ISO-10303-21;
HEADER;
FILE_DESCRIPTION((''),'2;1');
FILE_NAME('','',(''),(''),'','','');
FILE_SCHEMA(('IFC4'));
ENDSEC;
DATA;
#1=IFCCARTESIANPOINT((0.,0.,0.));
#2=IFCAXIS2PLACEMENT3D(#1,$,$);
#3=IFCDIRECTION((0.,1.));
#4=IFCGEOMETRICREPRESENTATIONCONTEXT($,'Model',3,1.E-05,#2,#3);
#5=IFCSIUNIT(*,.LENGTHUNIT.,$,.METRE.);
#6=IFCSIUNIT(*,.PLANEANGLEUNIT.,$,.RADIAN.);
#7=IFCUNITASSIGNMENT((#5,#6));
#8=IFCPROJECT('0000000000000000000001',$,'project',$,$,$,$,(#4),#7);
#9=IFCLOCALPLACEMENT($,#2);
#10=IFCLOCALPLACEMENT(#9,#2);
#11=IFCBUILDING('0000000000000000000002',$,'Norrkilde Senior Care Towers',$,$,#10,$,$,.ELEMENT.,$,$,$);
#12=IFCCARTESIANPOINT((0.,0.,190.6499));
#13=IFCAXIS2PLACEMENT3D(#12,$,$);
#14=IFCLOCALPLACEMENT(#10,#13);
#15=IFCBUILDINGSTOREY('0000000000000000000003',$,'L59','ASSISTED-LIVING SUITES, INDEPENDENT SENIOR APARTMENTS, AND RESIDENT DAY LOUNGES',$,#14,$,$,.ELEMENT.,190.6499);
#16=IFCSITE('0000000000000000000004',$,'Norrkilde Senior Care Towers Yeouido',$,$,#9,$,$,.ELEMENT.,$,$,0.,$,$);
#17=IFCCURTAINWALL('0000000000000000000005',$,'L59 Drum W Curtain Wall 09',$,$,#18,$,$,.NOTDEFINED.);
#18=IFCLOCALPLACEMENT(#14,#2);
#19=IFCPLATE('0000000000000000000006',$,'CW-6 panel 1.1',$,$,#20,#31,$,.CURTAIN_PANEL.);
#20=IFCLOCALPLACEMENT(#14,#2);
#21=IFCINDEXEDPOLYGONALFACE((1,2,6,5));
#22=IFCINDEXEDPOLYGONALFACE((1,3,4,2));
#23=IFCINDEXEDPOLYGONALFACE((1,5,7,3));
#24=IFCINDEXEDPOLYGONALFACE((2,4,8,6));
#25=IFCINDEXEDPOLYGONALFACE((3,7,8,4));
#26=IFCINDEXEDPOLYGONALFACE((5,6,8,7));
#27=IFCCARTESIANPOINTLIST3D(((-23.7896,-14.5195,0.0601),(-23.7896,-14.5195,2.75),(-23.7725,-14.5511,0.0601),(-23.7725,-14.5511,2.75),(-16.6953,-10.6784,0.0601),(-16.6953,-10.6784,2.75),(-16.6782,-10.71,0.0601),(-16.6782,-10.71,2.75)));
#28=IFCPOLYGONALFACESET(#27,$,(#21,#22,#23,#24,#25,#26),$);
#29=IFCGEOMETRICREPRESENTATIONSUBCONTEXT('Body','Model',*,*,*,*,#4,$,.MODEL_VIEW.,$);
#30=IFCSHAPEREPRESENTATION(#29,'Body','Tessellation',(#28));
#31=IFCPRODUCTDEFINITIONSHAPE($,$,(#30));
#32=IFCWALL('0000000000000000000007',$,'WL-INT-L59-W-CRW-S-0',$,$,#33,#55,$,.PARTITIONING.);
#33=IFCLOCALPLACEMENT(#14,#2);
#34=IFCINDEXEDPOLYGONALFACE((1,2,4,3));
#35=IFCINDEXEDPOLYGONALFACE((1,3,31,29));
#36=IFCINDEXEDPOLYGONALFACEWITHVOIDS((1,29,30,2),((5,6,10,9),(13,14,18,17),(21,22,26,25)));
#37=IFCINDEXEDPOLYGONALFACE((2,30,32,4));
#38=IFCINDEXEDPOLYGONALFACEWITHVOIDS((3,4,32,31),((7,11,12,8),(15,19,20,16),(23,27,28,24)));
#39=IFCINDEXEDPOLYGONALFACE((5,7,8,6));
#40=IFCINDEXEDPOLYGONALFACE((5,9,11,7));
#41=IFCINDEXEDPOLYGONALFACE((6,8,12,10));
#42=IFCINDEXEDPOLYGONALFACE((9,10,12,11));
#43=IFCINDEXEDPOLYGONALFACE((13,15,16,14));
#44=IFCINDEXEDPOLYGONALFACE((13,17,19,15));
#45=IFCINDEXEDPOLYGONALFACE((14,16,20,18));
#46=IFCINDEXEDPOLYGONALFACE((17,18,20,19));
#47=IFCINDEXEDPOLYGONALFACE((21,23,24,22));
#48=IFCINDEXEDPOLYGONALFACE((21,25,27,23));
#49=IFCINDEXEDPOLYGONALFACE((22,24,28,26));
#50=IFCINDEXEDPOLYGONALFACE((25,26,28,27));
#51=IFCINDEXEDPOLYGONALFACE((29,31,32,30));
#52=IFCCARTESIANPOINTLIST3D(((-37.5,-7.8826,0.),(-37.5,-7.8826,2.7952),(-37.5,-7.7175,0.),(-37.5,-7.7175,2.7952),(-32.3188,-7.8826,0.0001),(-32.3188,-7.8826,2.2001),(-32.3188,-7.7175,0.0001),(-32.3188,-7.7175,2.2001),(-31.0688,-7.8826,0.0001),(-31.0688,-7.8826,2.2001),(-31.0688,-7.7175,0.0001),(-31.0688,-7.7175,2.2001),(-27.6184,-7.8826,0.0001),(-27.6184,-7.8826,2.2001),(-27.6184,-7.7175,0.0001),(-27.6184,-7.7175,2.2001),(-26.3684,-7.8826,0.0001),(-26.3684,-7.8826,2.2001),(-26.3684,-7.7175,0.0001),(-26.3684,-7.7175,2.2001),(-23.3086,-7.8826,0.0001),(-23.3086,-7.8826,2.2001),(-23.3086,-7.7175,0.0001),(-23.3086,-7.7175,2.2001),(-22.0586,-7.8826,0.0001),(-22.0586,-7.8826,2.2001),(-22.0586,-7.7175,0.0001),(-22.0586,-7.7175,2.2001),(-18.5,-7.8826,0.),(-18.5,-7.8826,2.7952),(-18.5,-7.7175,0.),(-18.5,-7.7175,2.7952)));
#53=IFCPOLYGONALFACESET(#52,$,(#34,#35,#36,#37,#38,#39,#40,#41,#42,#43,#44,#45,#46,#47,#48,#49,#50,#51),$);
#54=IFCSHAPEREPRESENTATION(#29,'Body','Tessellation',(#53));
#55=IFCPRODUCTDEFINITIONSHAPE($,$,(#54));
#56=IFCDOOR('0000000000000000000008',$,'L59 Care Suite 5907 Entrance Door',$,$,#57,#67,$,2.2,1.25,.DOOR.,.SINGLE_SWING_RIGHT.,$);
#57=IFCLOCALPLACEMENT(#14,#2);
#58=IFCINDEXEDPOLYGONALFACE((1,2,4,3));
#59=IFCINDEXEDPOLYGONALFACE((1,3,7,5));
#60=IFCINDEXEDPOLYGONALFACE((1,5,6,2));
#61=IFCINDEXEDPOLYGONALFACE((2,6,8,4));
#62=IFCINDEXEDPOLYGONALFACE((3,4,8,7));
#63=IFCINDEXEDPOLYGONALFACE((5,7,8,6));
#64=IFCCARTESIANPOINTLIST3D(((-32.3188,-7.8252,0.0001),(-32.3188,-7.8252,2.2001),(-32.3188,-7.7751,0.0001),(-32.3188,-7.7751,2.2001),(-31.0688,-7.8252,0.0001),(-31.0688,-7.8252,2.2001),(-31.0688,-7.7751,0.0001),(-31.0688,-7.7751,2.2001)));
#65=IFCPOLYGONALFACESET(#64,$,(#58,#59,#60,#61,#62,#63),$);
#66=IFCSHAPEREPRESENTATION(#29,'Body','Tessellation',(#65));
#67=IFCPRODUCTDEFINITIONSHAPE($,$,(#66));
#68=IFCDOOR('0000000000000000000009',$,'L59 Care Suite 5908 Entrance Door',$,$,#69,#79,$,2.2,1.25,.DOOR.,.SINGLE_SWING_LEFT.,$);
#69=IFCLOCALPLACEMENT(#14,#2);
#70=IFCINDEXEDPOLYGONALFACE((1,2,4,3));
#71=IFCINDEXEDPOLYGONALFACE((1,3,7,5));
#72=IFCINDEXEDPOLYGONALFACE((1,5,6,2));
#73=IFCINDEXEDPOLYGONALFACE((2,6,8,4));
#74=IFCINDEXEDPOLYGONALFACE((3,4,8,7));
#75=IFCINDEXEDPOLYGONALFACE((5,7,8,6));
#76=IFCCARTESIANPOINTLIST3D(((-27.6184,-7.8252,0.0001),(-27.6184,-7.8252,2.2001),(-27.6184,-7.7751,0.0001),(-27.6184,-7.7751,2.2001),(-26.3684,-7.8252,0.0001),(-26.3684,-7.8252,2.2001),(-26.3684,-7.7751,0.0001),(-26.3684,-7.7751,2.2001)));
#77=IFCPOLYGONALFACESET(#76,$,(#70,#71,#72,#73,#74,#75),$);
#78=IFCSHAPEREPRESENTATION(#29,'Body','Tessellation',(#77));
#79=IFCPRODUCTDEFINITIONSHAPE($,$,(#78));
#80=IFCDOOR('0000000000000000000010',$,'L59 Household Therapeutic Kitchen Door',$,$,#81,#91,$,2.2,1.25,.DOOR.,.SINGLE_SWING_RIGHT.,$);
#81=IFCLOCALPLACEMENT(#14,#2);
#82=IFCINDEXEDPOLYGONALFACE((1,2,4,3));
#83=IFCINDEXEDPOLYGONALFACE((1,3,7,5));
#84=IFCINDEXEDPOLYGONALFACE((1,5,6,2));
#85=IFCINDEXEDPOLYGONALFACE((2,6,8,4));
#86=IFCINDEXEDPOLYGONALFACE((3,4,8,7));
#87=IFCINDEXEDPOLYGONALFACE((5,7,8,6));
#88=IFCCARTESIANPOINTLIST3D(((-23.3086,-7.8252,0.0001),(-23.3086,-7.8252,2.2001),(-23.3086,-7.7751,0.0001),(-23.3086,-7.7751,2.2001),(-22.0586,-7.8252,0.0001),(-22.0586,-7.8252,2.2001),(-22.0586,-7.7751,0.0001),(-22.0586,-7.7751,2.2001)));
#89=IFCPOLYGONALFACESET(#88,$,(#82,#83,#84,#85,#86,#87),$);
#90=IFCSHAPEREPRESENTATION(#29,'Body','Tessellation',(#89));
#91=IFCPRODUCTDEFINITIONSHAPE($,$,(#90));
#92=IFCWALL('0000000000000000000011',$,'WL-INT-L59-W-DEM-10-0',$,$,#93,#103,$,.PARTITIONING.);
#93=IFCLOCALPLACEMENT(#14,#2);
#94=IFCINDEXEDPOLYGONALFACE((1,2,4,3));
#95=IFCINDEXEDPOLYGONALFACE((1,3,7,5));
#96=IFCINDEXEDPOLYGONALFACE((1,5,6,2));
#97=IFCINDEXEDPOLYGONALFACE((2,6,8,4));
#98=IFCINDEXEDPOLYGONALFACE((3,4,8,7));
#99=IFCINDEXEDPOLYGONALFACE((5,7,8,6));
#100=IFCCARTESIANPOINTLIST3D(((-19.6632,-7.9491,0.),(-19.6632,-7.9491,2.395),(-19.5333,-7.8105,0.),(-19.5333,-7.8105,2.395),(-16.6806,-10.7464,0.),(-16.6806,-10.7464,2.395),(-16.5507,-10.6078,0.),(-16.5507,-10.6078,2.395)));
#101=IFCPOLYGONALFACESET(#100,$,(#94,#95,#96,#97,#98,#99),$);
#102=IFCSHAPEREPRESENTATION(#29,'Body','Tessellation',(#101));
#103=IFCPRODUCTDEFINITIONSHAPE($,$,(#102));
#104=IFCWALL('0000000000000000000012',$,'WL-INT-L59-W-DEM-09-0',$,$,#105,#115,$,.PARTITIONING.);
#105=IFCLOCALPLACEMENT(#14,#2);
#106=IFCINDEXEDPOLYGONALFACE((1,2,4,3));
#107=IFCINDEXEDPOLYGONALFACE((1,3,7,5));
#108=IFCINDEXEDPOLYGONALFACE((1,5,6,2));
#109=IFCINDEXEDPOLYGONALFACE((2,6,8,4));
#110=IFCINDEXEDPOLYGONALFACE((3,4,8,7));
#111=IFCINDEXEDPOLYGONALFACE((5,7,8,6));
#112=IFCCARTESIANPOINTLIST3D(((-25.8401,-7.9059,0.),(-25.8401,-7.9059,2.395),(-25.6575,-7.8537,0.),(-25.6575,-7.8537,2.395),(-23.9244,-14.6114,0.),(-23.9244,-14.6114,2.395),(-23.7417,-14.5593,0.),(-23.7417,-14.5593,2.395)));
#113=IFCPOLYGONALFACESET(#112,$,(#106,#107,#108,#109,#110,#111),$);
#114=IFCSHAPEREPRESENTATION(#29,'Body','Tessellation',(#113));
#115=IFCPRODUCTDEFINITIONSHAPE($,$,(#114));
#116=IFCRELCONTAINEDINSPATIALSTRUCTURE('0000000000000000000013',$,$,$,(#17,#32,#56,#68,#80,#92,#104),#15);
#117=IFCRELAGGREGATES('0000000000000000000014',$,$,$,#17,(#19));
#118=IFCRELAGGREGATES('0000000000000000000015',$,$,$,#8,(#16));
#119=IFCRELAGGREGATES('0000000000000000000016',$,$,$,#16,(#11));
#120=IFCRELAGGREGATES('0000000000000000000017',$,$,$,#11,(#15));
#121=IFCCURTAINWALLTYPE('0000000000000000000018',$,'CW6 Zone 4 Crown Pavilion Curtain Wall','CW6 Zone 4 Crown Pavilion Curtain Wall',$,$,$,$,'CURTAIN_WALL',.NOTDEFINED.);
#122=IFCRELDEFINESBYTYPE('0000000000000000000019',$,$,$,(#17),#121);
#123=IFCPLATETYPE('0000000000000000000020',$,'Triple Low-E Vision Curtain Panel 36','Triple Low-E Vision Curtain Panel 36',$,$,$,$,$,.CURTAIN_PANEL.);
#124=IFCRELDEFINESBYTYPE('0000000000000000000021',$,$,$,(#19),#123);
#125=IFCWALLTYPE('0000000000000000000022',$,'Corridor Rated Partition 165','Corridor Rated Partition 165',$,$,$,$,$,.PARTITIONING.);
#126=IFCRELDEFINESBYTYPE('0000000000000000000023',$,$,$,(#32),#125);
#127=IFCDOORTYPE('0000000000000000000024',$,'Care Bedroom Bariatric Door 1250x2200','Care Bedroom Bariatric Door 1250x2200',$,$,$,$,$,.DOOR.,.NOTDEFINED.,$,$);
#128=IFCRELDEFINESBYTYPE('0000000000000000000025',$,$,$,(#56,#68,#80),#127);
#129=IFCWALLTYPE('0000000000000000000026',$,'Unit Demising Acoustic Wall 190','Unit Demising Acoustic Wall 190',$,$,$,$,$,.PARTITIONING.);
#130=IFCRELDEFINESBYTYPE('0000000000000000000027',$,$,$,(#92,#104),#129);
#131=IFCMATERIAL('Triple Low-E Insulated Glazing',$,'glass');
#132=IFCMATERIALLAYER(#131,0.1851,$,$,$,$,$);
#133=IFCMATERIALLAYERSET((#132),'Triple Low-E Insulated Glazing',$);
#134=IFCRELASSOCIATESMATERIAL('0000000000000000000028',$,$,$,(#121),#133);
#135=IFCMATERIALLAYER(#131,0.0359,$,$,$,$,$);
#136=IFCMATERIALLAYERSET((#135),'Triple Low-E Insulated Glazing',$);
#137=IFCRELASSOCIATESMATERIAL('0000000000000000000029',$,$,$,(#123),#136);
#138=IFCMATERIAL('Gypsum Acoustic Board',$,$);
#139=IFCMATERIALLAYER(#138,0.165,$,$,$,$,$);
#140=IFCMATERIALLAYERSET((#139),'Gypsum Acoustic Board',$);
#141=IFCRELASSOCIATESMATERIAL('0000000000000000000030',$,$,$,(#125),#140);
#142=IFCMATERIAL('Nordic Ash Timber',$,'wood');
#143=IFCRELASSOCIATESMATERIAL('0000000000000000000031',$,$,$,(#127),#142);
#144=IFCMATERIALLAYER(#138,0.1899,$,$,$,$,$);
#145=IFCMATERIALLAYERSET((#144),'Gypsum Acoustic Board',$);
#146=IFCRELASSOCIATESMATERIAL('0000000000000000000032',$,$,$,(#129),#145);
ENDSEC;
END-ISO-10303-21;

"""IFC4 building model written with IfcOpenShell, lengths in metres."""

from ifc_helpers import new_model, si_unit, direction, frame, frame_2d, origin, origin_2d, place, context, subcontext, project, spatial, rectangle, extrude, source, transform, mapped, material, layer, layer_set, type_object, type_shapes, element, fill, aggregate, save


model = new_model("IFC4")

# Units and contexts
model_context = context("Model", 3, precision=1e-05, world=origin(), true_north=direction((0.0, 1.0)))
body_context = subcontext(model_context, "Body", "Model", "MODEL_VIEW")
ifc_project = project(units=[si_unit("LENGTHUNIT", "METRE"), si_unit("PLANEANGLEUNIT", "RADIAN")], contexts=[model_context])

# Site, building, storey
site_placement = place(None, origin())
site = spatial("IfcSite", under=ifc_project, at=site_placement, Name="Norrkilde Senior Care Towers Yeouido", CompositionType="ELEMENT", RefElevation=0.0)
building_placement = place(site_placement, origin())
building = spatial("IfcBuilding", under=site, at=building_placement, Name="Norrkilde Senior Care Towers", CompositionType="ELEMENT")
storey_placement = place(building_placement, frame((0.0, 0.0, 190.6499)))
storey = spatial("IfcBuildingStorey", under=building, at=storey_placement, Name="L59", Description="ASSISTED-LIVING SUITES, INDEPENDENT SENIOR APARTMENTS, AND RESIDENT DAY LOUNGES", CompositionType="ELEMENT", Elevation=190.6499)

# Curtain wall
ifc_material_1 = material(Name="Triple Low-E Insulated Glazing", Category="glass")
ifc_layer_1 = layer(ifc_material_1, 0.1851)
ifc_layer_set_1 = layer_set([ifc_layer_1], Name="Triple Low-E Insulated Glazing")
curtain_wall_type = type_object("IfcCurtainWallType", Name="CW6 Zone 4 Crown Pavilion Curtain Wall", Description="CW6 Zone 4 Crown Pavilion Curtain Wall", ElementType="CURTAIN_WALL", PredefinedType="NOTDEFINED", material=ifc_layer_set_1)
curtain_wall_1_placement = place(storey_placement, origin())
curtain_wall_1 = element("IfcCurtainWall", 1, at=curtain_wall_1_placement, inside=storey, type_object=curtain_wall_type, Name="L59 Drum W Curtain Wall 09", PredefinedType="NOTDEFINED")

# Plate
ifc_layer_2 = layer(ifc_material_1, 0.0359)
ifc_layer_set_2 = layer_set([ifc_layer_2], Name="Triple Low-E Insulated Glazing")
plate_type_1 = type_object("IfcPlateType", Name="Triple Low-E Vision Curtain Panel 36", Description="Triple Low-E Vision Curtain Panel 36", PredefinedType="CURTAIN_PANEL", material=ifc_layer_set_2)
shared_shape_1 = source(origin(), body_context, "Body", "SweptSolid", [
    extrude(rectangle(XDim=8.0674, YDim=0.0359, at=origin_2d()), origin(), (0.0, 0.0, 1.0), 2.6899),
])
type_shapes(plate_type_1, [shared_shape_1])
plate_1_placement = place(storey_placement, frame((-20.2339, -12.6147, 0.0601), z_axis=(0.0, 0.0, 1.0), x_axis=(-0.879373, -0.476133, 0.0)))
plate_1 = element("IfcPlate", 2, at=plate_1_placement, type_object=plate_type_1, Name="CW-6 panel 1.1", PredefinedType="CURTAIN_PANEL", context=body_context, shape_type="MappedRepresentation", body=[
    mapped(shared_shape_1, transform((0.0, 0.0, 0.0), x_axis=(1.0, 0.0, 0.0), y_axis=(0.0, 1.0, 0.0), z_axis=(0.0, 0.0, 1.0), scale=1.0)),
])
aggregate(curtain_wall_1, [plate_1])

# Wall, openings, doors
ifc_material_2 = material(Name="Gypsum Acoustic Board")
ifc_layer_3 = layer(ifc_material_2, 0.165)
ifc_layer_set_3 = layer_set([ifc_layer_3], Name="Gypsum Acoustic Board")
wall_type_1 = type_object("IfcWallType", Name="Corridor Rated Partition 165", Description="Corridor Rated Partition 165", PredefinedType="PARTITIONING", material=ifc_layer_set_3)
shared_shape_2 = source(origin(), body_context, "Body", "SweptSolid", [
    extrude(rectangle(XDim=19.0, YDim=0.165, at=frame_2d((9.5, 0.0))), origin(), (0.0, 0.0, 1.0), 2.7952),
])
type_shapes(wall_type_1, [shared_shape_2])
wall_1_placement = place(storey_placement, frame((-18.5, -7.8, 0.0), z_axis=(0.0, 0.0, 1.0), x_axis=(-1.0, 0.0, 0.0)))
wall_1 = element("IfcWall", 3, at=wall_1_placement, inside=storey, type_object=wall_type_1, Name="WL-INT-L59-W-CRW-S-0", PredefinedType="PARTITIONING", context=body_context, shape_type="MappedRepresentation", body=[
    mapped(shared_shape_2, transform((0.0, 0.0, 0.0), x_axis=(1.0, 0.0, 0.0), y_axis=(0.0, 1.0, 0.0), z_axis=(0.0, 0.0, 1.0), scale=1.0)),
])
opening_1_placement = place(wall_1_placement, frame((12.5688, 0.0, 0.0)))
opening_1 = element("IfcOpeningElement", 4, at=opening_1_placement, cuts=wall_1, PredefinedType="OPENING", context=body_context, shape_type="SweptSolid", body=[
    extrude(rectangle(XDim=1.25, YDim=2.2, at=frame_2d((0.625, 1.1001))), frame((0.0, 0.0925, 0.0), z_axis=(0.0, -1.0, 0.0), x_axis=(1.0, 0.0, 0.0)), (0.0, 0.0, 1.0), 0.1851),
])
opening_2_placement = place(wall_1_placement, frame((7.8684, 0.0, 0.0)))
opening_2 = element("IfcOpeningElement", 5, at=opening_2_placement, cuts=wall_1, PredefinedType="OPENING", context=body_context, shape_type="SweptSolid", body=[
    extrude(rectangle(XDim=1.25, YDim=2.2, at=frame_2d((0.625, 1.1001))), frame((0.0, 0.0925, 0.0), z_axis=(0.0, -1.0, 0.0), x_axis=(1.0, 0.0, 0.0)), (0.0, 0.0, 1.0), 0.1851),
])
opening_3_placement = place(wall_1_placement, frame((3.5586, 0.0, 0.0)))
opening_3 = element("IfcOpeningElement", 6, at=opening_3_placement, cuts=wall_1, PredefinedType="OPENING", context=body_context, shape_type="SweptSolid", body=[
    extrude(rectangle(XDim=1.25, YDim=2.2, at=frame_2d((0.625, 1.1001))), frame((0.0, 0.0925, 0.0), z_axis=(0.0, -1.0, 0.0), x_axis=(1.0, 0.0, 0.0)), (0.0, 0.0, 1.0), 0.1851),
])
ifc_material_3 = material(Name="Nordic Ash Timber", Category="wood")
door_type = type_object("IfcDoorType", Name="Care Bedroom Bariatric Door 1250x2200", Description="Care Bedroom Bariatric Door 1250x2200", OperationType="NOTDEFINED", PredefinedType="DOOR", material=ifc_material_3)
shared_shape_3 = source(origin(), body_context, "Body", "SweptSolid", [
    extrude(rectangle(XDim=1.25, YDim=2.2, at=frame_2d((0.625, 1.1001))), frame((0.0, 0.0249, 0.0), z_axis=(0.0, -1.0, 0.0), x_axis=(1.0, 0.0, 0.0)), (0.0, 0.0, 1.0), 0.05),
])
type_shapes(door_type, [shared_shape_3])
door_1_placement = place(opening_1_placement, frame((1.25, 0.0, 0.0), z_axis=(0.0, 0.0, 1.0), x_axis=(-1.0, 0.0, 0.0)))
door_1 = element("IfcDoor", 7, at=door_1_placement, inside=storey, type_object=door_type, Name="L59 Care Suite 5907 Entrance Door", OperationType="SINGLE_SWING_RIGHT", OverallHeight=2.2, OverallWidth=1.25, PredefinedType="DOOR", context=body_context, shape_type="MappedRepresentation", body=[
    mapped(shared_shape_3, transform((0.0, 0.0, 0.0), x_axis=(1.0, 0.0, 0.0), y_axis=(0.0, 1.0, 0.0), z_axis=(0.0, 0.0, 1.0), scale=1.0)),
])
fill(opening_1, door_1)
door_2_placement = place(opening_2_placement, frame((1.25, 0.0, 0.0), z_axis=(0.0, 0.0, 1.0), x_axis=(-1.0, 0.0, 0.0)))
door_2 = element("IfcDoor", 8, at=door_2_placement, inside=storey, type_object=door_type, Name="L59 Care Suite 5908 Entrance Door", OperationType="SINGLE_SWING_LEFT", OverallHeight=2.2, OverallWidth=1.25, PredefinedType="DOOR", context=body_context, shape_type="MappedRepresentation", body=[
    mapped(shared_shape_3, transform((0.0, 0.0, 0.0), x_axis=(1.0, 0.0, 0.0), y_axis=(0.0, 1.0, 0.0), z_axis=(0.0, 0.0, 1.0), scale=1.0)),
])
fill(opening_2, door_2)
door_3_placement = place(opening_3_placement, frame((1.25, 0.0, 0.0), z_axis=(0.0, 0.0, 1.0), x_axis=(-1.0, 0.0, 0.0)))
door_3 = element("IfcDoor", 9, at=door_3_placement, inside=storey, type_object=door_type, Name="L59 Household Therapeutic Kitchen Door", OperationType="SINGLE_SWING_RIGHT", OverallHeight=2.2, OverallWidth=1.25, PredefinedType="DOOR", context=body_context, shape_type="MappedRepresentation", body=[
    mapped(shared_shape_3, transform((0.0, 0.0, 0.0), x_axis=(1.0, 0.0, 0.0), y_axis=(0.0, 1.0, 0.0), z_axis=(0.0, 0.0, 1.0), scale=1.0)),
])
fill(opening_3, door_3)

# Walls
ifc_layer_4 = layer(ifc_material_2, 0.1899)
ifc_layer_set_4 = layer_set([ifc_layer_4], Name="Gypsum Acoustic Board")
wall_type_2 = type_object("IfcWallType", Name="Unit Demising Acoustic Wall 190", Description="Unit Demising Acoustic Wall 190", PredefinedType="PARTITIONING", material=ifc_layer_set_4)
shared_shape_4 = source(origin(), body_context, "Body", "SweptSolid", [
    extrude(rectangle(XDim=4.0891, YDim=0.1899, at=frame_2d((2.0444, 0.0))), origin(), (0.0, 0.0, 1.0), 2.395),
])
wall_2_placement = place(storey_placement, frame((-19.5981, -7.8799, 0.0), z_axis=(0.0, 0.0, 1.0), x_axis=(0.729401, -0.684086, 0.0)))
element("IfcWall", 10, at=wall_2_placement, inside=storey, type_object=wall_type_2, Name="WL-INT-L59-W-DEM-10-0", PredefinedType="PARTITIONING", context=body_context, shape_type="MappedRepresentation", body=[
    mapped(shared_shape_4, transform((0.0, 0.0, 0.0), x_axis=(1.0, 0.0, 0.0), y_axis=(0.0, 1.0, 0.0), z_axis=(0.0, 0.0, 1.0), scale=1.0)),
])
shared_shape_5 = source(origin(), body_context, "Body", "SweptSolid", [
    extrude(rectangle(XDim=6.9739, YDim=0.1899, at=frame_2d((3.4868, 0.0))), origin(), (0.0, 0.0, 1.0), 2.395),
])
type_shapes(wall_type_2, [shared_shape_4, shared_shape_5])
wall_3_placement = place(storey_placement, frame((-25.7488, -7.8799, 0.0), z_axis=(0.0, 0.0, 1.0), x_axis=(0.274707, -0.961528, 0.0)))
element("IfcWall", 11, at=wall_3_placement, inside=storey, type_object=wall_type_2, Name="WL-INT-L59-W-DEM-09-0", PredefinedType="PARTITIONING", context=body_context, shape_type="MappedRepresentation", body=[
    mapped(shared_shape_5, transform((0.0, 0.0, 0.0), x_axis=(1.0, 0.0, 0.0), y_axis=(0.0, 1.0, 0.0), z_axis=(0.0, 0.0, 1.0), scale=1.0)),
])

save(model, "model.ifc")
